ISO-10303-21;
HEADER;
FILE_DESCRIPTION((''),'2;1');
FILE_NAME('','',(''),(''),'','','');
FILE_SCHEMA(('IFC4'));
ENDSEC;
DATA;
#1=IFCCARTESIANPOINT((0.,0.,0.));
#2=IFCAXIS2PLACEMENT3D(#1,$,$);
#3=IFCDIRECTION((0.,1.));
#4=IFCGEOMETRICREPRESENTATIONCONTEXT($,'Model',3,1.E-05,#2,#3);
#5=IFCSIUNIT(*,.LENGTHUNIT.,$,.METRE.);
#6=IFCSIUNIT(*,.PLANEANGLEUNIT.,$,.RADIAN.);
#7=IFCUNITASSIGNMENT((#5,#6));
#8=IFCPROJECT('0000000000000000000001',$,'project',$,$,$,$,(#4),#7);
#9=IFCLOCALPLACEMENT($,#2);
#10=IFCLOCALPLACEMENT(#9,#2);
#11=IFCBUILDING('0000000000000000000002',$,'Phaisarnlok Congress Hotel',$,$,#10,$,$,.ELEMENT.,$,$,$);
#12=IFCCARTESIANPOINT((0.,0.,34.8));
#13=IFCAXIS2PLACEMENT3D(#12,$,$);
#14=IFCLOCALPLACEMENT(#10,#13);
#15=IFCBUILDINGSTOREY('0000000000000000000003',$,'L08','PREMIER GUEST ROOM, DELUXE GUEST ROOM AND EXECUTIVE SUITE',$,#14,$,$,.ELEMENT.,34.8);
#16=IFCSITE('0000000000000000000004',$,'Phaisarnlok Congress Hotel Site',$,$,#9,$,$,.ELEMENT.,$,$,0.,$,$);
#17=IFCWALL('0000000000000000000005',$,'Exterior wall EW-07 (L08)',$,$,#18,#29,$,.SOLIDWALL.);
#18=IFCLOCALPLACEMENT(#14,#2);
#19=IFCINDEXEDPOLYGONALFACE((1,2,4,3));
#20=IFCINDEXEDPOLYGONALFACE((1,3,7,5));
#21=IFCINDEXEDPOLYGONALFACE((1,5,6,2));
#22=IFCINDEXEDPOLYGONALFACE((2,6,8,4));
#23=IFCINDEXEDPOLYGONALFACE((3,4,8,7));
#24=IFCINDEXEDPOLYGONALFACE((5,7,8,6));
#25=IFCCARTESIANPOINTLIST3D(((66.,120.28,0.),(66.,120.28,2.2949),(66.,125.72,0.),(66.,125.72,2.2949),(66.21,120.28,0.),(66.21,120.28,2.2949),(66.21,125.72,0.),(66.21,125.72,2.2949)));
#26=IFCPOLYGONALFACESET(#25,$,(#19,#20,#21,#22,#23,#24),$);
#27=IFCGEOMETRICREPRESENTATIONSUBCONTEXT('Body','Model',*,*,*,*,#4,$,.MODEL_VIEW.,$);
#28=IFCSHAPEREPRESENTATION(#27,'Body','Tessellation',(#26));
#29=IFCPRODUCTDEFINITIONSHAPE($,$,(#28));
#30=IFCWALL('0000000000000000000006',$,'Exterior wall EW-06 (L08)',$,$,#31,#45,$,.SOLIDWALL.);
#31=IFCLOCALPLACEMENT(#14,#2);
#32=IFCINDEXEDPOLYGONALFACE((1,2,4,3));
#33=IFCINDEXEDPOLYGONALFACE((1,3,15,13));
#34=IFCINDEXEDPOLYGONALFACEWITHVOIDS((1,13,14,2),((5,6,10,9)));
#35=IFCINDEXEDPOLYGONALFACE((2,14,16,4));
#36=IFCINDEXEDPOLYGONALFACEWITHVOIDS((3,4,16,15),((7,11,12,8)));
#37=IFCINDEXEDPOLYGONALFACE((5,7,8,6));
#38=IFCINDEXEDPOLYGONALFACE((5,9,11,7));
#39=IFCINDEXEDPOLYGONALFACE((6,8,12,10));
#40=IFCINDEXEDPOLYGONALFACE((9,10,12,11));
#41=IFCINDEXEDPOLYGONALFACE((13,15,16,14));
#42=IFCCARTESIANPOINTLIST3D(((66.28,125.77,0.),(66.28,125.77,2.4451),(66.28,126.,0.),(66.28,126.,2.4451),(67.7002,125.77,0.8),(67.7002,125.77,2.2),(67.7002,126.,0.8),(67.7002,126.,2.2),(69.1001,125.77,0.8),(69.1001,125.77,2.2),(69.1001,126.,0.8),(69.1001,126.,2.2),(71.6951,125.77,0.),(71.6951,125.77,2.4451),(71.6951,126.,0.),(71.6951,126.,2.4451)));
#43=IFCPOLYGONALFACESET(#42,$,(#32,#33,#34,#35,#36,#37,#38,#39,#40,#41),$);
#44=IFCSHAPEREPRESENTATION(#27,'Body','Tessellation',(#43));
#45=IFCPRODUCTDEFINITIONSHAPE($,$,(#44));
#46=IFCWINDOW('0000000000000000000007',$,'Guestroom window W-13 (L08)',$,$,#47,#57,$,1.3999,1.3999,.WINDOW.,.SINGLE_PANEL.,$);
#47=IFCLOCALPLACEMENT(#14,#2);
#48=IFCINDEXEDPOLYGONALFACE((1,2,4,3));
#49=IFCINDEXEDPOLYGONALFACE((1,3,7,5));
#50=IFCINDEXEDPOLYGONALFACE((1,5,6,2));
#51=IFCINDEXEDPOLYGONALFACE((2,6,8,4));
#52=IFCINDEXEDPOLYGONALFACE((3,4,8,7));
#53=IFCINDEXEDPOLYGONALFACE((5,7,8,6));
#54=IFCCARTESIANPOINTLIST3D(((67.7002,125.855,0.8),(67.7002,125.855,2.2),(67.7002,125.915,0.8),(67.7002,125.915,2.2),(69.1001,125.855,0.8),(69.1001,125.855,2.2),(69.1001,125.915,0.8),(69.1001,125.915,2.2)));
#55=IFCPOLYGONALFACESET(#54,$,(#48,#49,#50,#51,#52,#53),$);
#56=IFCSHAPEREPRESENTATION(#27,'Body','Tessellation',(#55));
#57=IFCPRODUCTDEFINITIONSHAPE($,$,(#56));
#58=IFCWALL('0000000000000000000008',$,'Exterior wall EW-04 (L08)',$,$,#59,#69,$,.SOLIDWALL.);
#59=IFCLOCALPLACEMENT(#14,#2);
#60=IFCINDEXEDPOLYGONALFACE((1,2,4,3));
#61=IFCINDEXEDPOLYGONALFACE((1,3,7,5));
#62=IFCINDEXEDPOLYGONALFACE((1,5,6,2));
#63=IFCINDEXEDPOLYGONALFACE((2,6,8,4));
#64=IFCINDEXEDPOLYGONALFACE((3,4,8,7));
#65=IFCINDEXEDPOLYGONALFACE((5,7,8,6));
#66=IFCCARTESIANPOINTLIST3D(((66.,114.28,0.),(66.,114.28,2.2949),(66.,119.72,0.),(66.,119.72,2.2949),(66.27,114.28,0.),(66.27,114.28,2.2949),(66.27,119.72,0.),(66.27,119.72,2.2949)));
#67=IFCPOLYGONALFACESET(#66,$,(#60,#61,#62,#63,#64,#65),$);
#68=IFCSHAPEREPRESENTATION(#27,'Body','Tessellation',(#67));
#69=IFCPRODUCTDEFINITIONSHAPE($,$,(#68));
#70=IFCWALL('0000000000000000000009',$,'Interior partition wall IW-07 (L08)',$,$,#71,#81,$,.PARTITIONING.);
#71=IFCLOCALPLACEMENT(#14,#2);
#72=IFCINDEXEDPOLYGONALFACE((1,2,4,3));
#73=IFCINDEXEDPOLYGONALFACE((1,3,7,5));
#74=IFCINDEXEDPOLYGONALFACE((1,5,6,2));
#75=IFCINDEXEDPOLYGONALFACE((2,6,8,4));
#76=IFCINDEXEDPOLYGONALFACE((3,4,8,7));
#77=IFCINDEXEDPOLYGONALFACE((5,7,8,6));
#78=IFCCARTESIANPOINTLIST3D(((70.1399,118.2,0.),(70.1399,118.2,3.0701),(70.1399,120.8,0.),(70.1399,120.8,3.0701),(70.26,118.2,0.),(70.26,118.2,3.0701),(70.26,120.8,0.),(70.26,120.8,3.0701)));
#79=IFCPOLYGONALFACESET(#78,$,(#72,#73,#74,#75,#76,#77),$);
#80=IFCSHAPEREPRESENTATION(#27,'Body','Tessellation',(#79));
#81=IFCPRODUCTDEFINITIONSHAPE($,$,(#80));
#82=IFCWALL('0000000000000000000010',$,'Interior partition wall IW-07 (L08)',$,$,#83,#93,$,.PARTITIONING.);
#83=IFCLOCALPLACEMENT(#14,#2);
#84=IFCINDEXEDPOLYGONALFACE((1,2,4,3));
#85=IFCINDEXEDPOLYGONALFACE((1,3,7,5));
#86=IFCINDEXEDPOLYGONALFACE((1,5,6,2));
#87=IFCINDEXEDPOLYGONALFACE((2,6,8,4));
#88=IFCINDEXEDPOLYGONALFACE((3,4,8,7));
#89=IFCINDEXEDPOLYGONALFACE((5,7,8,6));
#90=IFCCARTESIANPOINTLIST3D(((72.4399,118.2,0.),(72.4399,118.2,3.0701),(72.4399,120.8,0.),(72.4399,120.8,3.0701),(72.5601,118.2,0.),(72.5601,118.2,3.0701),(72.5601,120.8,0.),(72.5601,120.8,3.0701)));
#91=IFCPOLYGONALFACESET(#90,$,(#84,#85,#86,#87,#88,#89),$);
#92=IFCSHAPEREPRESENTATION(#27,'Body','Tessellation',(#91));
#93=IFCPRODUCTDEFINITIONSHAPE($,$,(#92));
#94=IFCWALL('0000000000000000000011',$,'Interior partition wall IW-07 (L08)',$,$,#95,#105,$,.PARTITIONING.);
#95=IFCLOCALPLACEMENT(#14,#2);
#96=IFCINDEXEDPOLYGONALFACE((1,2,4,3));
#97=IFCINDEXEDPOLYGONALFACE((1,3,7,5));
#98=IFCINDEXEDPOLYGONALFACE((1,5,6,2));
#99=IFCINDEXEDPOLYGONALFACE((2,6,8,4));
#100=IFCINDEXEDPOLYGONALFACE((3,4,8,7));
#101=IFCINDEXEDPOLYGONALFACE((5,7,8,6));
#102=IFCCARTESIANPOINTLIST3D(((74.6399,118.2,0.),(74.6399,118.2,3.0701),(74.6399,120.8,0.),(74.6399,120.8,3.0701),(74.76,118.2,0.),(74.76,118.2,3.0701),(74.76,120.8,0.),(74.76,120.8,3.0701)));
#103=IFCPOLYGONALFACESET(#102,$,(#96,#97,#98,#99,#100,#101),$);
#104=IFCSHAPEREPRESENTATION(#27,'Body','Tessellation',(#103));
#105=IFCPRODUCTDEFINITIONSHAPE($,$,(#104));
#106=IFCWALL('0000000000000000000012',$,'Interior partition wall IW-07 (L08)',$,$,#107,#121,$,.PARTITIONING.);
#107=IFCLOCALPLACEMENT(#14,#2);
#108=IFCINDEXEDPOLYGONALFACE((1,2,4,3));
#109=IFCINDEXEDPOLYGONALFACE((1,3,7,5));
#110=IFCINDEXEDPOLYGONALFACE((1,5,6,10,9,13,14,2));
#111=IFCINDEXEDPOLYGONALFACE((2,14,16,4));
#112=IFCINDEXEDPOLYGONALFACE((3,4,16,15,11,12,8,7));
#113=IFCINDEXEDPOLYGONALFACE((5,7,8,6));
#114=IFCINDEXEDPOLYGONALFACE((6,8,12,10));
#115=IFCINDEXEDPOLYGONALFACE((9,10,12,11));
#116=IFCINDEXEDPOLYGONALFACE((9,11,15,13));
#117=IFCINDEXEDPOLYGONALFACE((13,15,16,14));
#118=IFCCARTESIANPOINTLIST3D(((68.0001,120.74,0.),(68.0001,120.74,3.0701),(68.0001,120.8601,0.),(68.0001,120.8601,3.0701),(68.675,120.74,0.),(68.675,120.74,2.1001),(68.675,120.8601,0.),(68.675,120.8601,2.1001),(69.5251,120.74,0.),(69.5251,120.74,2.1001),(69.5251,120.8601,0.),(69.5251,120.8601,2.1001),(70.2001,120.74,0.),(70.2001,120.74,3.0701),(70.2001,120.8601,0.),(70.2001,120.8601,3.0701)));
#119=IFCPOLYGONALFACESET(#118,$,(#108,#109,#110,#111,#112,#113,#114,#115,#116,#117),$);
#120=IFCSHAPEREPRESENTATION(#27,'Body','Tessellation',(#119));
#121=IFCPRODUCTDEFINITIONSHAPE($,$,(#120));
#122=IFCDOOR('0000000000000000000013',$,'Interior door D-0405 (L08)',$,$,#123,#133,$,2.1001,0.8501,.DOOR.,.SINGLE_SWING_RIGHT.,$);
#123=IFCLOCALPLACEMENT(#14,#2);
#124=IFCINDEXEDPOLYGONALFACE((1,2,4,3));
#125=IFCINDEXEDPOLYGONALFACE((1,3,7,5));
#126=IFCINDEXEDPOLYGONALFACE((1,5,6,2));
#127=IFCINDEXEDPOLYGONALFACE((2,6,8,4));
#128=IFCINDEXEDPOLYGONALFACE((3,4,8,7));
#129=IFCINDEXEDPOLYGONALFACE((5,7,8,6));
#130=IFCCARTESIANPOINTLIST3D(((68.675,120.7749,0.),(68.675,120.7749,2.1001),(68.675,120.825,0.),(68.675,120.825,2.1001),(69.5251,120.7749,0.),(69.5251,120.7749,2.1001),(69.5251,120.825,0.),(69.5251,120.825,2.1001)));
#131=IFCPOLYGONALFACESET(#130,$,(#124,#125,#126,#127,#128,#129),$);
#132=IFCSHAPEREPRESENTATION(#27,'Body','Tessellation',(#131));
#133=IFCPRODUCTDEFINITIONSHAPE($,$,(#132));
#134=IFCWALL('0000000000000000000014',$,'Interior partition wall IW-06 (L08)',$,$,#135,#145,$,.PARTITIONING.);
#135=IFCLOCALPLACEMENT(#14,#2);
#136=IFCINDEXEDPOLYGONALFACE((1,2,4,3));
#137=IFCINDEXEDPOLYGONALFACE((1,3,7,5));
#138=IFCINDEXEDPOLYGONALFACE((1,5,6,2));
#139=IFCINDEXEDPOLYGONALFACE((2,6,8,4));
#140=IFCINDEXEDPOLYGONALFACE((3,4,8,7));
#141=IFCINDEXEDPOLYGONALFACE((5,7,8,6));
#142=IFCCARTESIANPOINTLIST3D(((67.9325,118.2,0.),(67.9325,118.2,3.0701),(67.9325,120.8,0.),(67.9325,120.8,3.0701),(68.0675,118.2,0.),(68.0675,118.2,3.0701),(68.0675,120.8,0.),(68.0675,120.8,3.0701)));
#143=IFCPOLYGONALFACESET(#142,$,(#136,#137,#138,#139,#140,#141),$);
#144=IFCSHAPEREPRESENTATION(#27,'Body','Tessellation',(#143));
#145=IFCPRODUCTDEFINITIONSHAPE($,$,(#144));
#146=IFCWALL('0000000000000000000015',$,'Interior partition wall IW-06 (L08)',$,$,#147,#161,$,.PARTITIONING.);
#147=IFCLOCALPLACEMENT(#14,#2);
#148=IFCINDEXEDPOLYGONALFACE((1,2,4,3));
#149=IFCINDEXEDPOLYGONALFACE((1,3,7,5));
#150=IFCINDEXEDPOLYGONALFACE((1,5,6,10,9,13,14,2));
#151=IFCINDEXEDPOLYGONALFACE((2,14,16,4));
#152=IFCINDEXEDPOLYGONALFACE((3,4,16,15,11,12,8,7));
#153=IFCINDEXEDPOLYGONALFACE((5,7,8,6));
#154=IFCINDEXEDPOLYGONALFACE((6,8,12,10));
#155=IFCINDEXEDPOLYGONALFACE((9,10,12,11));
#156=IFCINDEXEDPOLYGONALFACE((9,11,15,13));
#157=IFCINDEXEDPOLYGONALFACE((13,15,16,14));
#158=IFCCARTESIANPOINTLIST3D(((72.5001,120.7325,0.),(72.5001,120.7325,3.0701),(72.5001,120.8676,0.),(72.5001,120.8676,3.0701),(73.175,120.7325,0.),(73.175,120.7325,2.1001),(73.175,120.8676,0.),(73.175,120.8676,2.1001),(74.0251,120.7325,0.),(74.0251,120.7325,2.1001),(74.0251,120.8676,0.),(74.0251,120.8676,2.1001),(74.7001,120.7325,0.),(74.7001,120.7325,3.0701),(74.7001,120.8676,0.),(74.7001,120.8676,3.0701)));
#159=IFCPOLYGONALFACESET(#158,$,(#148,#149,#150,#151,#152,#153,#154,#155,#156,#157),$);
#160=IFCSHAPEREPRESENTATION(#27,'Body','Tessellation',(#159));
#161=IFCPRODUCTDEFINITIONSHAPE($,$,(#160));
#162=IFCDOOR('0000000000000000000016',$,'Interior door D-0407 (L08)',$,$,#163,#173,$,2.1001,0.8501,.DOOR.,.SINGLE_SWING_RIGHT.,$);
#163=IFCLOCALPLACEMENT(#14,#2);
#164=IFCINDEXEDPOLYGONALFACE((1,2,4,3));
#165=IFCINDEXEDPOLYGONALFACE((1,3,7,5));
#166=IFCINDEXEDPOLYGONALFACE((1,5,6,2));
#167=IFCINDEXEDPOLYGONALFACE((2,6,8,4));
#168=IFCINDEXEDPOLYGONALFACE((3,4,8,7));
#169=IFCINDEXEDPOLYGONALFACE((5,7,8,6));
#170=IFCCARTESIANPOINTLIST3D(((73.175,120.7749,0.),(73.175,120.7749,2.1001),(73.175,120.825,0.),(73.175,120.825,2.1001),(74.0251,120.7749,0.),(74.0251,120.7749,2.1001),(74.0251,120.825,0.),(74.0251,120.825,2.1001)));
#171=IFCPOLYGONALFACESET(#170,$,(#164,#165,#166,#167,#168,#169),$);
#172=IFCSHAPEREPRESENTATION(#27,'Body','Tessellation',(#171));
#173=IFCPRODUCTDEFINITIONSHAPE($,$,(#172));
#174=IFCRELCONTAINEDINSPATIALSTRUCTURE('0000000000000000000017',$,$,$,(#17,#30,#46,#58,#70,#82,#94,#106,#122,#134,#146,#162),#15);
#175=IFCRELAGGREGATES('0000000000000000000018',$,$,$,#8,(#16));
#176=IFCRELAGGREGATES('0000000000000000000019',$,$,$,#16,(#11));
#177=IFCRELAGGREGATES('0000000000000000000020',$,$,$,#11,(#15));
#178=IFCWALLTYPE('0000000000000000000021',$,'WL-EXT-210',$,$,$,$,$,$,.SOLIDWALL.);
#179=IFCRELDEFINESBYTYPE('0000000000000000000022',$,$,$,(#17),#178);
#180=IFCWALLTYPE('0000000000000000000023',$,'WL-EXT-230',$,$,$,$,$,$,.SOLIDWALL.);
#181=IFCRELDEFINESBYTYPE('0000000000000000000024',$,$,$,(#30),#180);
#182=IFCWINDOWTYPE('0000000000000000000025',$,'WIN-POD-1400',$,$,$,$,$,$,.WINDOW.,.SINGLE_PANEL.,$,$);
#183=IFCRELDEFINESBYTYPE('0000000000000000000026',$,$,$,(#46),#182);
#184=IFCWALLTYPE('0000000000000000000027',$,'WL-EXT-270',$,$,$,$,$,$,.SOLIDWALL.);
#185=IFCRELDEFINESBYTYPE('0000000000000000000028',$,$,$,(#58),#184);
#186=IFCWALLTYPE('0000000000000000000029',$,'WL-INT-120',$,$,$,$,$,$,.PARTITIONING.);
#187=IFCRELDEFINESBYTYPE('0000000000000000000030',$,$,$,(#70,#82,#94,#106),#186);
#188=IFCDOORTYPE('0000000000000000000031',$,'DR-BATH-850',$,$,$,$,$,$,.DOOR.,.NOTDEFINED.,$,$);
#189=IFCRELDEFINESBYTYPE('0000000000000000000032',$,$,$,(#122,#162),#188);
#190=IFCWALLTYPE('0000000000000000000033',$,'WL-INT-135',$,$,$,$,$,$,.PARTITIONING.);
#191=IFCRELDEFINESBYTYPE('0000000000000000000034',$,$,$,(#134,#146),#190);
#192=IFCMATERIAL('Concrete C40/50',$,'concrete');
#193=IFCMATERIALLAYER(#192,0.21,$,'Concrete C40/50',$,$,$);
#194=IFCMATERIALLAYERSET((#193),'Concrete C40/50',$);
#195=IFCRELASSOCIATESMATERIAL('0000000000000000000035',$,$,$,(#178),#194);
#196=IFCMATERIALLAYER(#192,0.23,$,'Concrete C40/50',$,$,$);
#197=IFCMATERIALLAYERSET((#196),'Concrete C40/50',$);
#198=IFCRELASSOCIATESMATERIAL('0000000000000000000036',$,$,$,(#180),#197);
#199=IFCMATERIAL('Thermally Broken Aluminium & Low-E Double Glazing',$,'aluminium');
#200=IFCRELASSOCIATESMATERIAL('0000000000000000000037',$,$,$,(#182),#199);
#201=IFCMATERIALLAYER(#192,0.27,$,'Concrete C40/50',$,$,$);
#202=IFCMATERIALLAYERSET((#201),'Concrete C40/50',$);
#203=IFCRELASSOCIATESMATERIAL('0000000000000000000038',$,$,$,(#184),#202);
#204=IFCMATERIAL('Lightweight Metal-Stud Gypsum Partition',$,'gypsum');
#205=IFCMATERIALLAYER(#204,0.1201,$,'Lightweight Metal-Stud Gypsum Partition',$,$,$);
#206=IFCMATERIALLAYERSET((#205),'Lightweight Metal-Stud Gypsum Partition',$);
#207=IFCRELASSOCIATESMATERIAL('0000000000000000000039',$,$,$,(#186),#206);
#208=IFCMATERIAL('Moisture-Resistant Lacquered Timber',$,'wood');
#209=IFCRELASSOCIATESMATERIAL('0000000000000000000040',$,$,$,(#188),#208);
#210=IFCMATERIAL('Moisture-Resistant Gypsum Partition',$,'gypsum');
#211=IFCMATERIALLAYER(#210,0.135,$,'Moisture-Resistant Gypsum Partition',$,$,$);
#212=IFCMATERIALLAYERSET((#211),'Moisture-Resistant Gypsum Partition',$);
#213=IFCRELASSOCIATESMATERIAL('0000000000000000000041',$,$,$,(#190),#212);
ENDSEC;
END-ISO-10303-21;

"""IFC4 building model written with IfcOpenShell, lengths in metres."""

from ifc_helpers import new_model, si_unit, direction, frame, frame_2d, origin, place, context, subcontext, project, spatial, rectangle, extrude, material, layer, layer_set, type_object, element, fill, save


model = new_model("IFC4")

# Units and contexts
model_context = context("Model", 3, precision=1e-05, world=origin(), true_north=direction((0.0, 1.0)))
body_context = subcontext(model_context, "Body", "Model", "MODEL_VIEW")
ifc_project = project(units=[si_unit("LENGTHUNIT", "METRE"), si_unit("PLANEANGLEUNIT", "RADIAN")], contexts=[model_context])

# Site, building, storey
site_placement = place(None, origin())
site = spatial("IfcSite", under=ifc_project, at=site_placement, Name="Phaisarnlok Congress Hotel Site", CompositionType="ELEMENT", RefElevation=0.0)
building_placement = place(site_placement, origin())
building = spatial("IfcBuilding", under=site, at=building_placement, Name="Phaisarnlok Congress Hotel", CompositionType="ELEMENT")
storey_placement = place(building_placement, frame((0.0, 0.0, 34.8)))
storey = spatial("IfcBuildingStorey", under=building, at=storey_placement, Name="L08", Description="PREMIER GUEST ROOM, DELUXE GUEST ROOM AND EXECUTIVE SUITE", CompositionType="ELEMENT", Elevation=34.8)

# Shared definitions
ifc_material_1 = material(Name="Concrete C40/50", Category="concrete")

# Wall
ifc_layer_1 = layer(ifc_material_1, 0.21, Name="Concrete C40/50")
ifc_layer_set_1 = layer_set([ifc_layer_1], Name="Concrete C40/50")
wall_type_1 = type_object("IfcWallType", Name="WL-EXT-210", PredefinedType="SOLIDWALL", material=ifc_layer_set_1)
wall_1_placement = place(storey_placement, frame((66.105, 125.72, 0.0), z_axis=(0.0, 0.0, 1.0), x_axis=(0.0, -1.0, 0.0)))
element("IfcWall", 1, at=wall_1_placement, inside=storey, type_object=wall_type_1, Name="Exterior wall EW-07 (L08)", PredefinedType="SOLIDWALL", context=body_context, shape_type="SweptSolid", body=[
    extrude(rectangle(XDim=5.4399, YDim=0.21, at=frame_2d((2.72, 0.0))), origin(), (0.0, 0.0, 1.0), 2.2949),
])

# Wall, opening, window
ifc_layer_2 = layer(ifc_material_1, 0.23, Name="Concrete C40/50")
ifc_layer_set_2 = layer_set([ifc_layer_2], Name="Concrete C40/50")
wall_type_2 = type_object("IfcWallType", Name="WL-EXT-230", PredefinedType="SOLIDWALL", material=ifc_layer_set_2)
wall_2_placement = place(storey_placement, frame((71.6951, 125.885, 0.0), z_axis=(0.0, 0.0, 1.0), x_axis=(-1.0, 0.0, 0.0)))
wall_2 = element("IfcWall", 2, at=wall_2_placement, inside=storey, type_object=wall_type_2, Name="Exterior wall EW-06 (L08)", PredefinedType="SOLIDWALL", context=body_context, shape_type="SweptSolid", body=[
    extrude(rectangle(XDim=5.415, YDim=0.23, at=frame_2d((2.7075, 0.0))), origin(), (0.0, 0.0, 1.0), 2.4451),
])
opening_1_placement = place(wall_2_placement, frame((2.595, 0.0, 0.8)))
opening_1 = element("IfcOpeningElement", 3, at=opening_1_placement, cuts=wall_2, PredefinedType="OPENING", context=body_context, shape_type="SweptSolid", body=[
    extrude(rectangle(XDim=1.3999, YDim=1.3999, at=frame_2d((0.7, 0.7))), frame((0.0, 0.125, 0.0), z_axis=(0.0, -1.0, 0.0), x_axis=(1.0, 0.0, 0.0)), (0.0, 0.0, 1.0), 0.25),
])
ifc_material_2 = material(Name="Thermally Broken Aluminium & Low-E Double Glazing", Category="aluminium")
window_type = type_object("IfcWindowType", Name="WIN-POD-1400", PartitioningType="SINGLE_PANEL", PredefinedType="WINDOW", material=ifc_material_2)
window_placement = place(opening_1_placement, origin())
window = element("IfcWindow", 4, at=window_placement, inside=storey, type_object=window_type, Name="Guestroom window W-13 (L08)", OverallHeight=1.3999, OverallWidth=1.3999, PartitioningType="SINGLE_PANEL", PredefinedType="WINDOW", context=body_context, shape_type="SweptSolid", body=[
    extrude(rectangle(XDim=1.3999, YDim=1.3999, at=frame_2d((0.7, 0.7))), frame((0.0, 0.03, 0.0), z_axis=(0.0, -1.0, 0.0), x_axis=(1.0, 0.0, 0.0)), (0.0, 0.0, 1.0), 0.0601),
])
fill(opening_1, window)

# Walls
ifc_layer_3 = layer(ifc_material_1, 0.27, Name="Concrete C40/50")
ifc_layer_set_3 = layer_set([ifc_layer_3], Name="Concrete C40/50")
wall_type_3 = type_object("IfcWallType", Name="WL-EXT-270", PredefinedType="SOLIDWALL", material=ifc_layer_set_3)
wall_3_placement = place(storey_placement, frame((66.135, 119.72, 0.0), z_axis=(0.0, 0.0, 1.0), x_axis=(0.0, -1.0, 0.0)))
element("IfcWall", 5, at=wall_3_placement, inside=storey, type_object=wall_type_3, Name="Exterior wall EW-04 (L08)", PredefinedType="SOLIDWALL", context=body_context, shape_type="SweptSolid", body=[
    extrude(rectangle(XDim=5.4399, YDim=0.27, at=frame_2d((2.72, 0.0))), origin(), (0.0, 0.0, 1.0), 2.2949),
])
ifc_material_3 = material(Name="Lightweight Metal-Stud Gypsum Partition", Category="gypsum")
ifc_layer_4 = layer(ifc_material_3, 0.1201, Name="Lightweight Metal-Stud Gypsum Partition")
ifc_layer_set_4 = layer_set([ifc_layer_4], Name="Lightweight Metal-Stud Gypsum Partition")
wall_type_4 = type_object("IfcWallType", Name="WL-INT-120", PredefinedType="PARTITIONING", material=ifc_layer_set_4)
for number, where, z_axis, x_axis, name in (
    (6, (70.2, 118.2, 0.0), (0.0, 0.0, 1.0), (0.0, 1.0, 0.0), "Interior partition wall IW-07 (L08)"),
    (7, (72.5, 118.2, 0.0), (0.0, 0.0, 1.0), (0.0, 1.0, 0.0), "Interior partition wall IW-07 (L08)"),
    (8, (74.7, 118.2, 0.0), (0.0, 0.0, 1.0), (0.0, 1.0, 0.0), "Interior partition wall IW-07 (L08)"),
):
    element("IfcWall", number, at=place(storey_placement, frame(where, z_axis=z_axis, x_axis=x_axis)), inside=storey, type_object=wall_type_4, Name=name, PredefinedType="PARTITIONING", context=body_context, shape_type="SweptSolid", body=[
        extrude(rectangle(XDim=2.6001, YDim=0.1201, at=frame_2d((1.3, 0.0))), origin(), (0.0, 0.0, 1.0), 3.0701),
    ])

# Wall, opening, door
wall_4_placement = place(storey_placement, frame((68.0, 120.8, 0.0), z_axis=(0.0, 0.0, 1.0), x_axis=(1.0, 0.0, 0.0)))
wall_4 = element("IfcWall", 9, at=wall_4_placement, inside=storey, type_object=wall_type_4, Name="Interior partition wall IW-07 (L08)", PredefinedType="PARTITIONING", context=body_context, shape_type="SweptSolid", body=[
    extrude(rectangle(XDim=2.2, YDim=0.1201, at=frame_2d((1.1001, 0.0))), origin(), (0.0, 0.0, 1.0), 3.0701),
])
opening_2_placement = place(wall_4_placement, frame((0.675, 0.0, 0.0)))
opening_2 = element("IfcOpeningElement", 10, at=opening_2_placement, cuts=wall_4, PredefinedType="OPENING", context=body_context, shape_type="SweptSolid", body=[
    extrude(rectangle(XDim=0.8501, YDim=2.1001, at=frame_2d((0.425, 1.05))), frame((0.0, 0.0701, 0.0), z_axis=(0.0, -1.0, 0.0), x_axis=(1.0, 0.0, 0.0)), (0.0, 0.0, 1.0), 0.1401),
])
ifc_material_4 = material(Name="Moisture-Resistant Lacquered Timber", Category="wood")
door_type = type_object("IfcDoorType", Name="DR-BATH-850", OperationType="NOTDEFINED", PredefinedType="DOOR", material=ifc_material_4)
door_1_placement = place(opening_2_placement, origin())
door_1 = element("IfcDoor", 11, at=door_1_placement, inside=storey, type_object=door_type, Name="Interior door D-0405 (L08)", OperationType="SINGLE_SWING_RIGHT", OverallHeight=2.1001, OverallWidth=0.8501, PredefinedType="DOOR", context=body_context, shape_type="SweptSolid", body=[
    extrude(rectangle(XDim=0.8501, YDim=2.1001, at=frame_2d((0.425, 1.05))), frame((0.0, 0.0249, 0.0), z_axis=(0.0, -1.0, 0.0), x_axis=(1.0, 0.0, 0.0)), (0.0, 0.0, 1.0), 0.05),
])
fill(opening_2, door_1)

# Wall
ifc_material_5 = material(Name="Moisture-Resistant Gypsum Partition", Category="gypsum")
ifc_layer_5 = layer(ifc_material_5, 0.135, Name="Moisture-Resistant Gypsum Partition")
ifc_layer_set_5 = layer_set([ifc_layer_5], Name="Moisture-Resistant Gypsum Partition")
wall_type_5 = type_object("IfcWallType", Name="WL-INT-135", PredefinedType="PARTITIONING", material=ifc_layer_set_5)
wall_5_placement = place(storey_placement, frame((68.0, 118.2, 0.0), z_axis=(0.0, 0.0, 1.0), x_axis=(0.0, 1.0, 0.0)))
element("IfcWall", 12, at=wall_5_placement, inside=storey, type_object=wall_type_5, Name="Interior partition wall IW-06 (L08)", PredefinedType="PARTITIONING", context=body_context, shape_type="SweptSolid", body=[
    extrude(rectangle(XDim=2.6001, YDim=0.135, at=frame_2d((1.3, 0.0))), origin(), (0.0, 0.0, 1.0), 3.0701),
])

# Wall, opening, door
wall_6_placement = place(storey_placement, frame((72.5, 120.8, 0.0), z_axis=(0.0, 0.0, 1.0), x_axis=(1.0, 0.0, 0.0)))
wall_6 = element("IfcWall", 13, at=wall_6_placement, inside=storey, type_object=wall_type_5, Name="Interior partition wall IW-06 (L08)", PredefinedType="PARTITIONING", context=body_context, shape_type="SweptSolid", body=[
    extrude(rectangle(XDim=2.2, YDim=0.135, at=frame_2d((1.1001, 0.0))), origin(), (0.0, 0.0, 1.0), 3.0701),
])
opening_3_placement = place(wall_6_placement, frame((0.675, 0.0, 0.0)))
opening_3 = element("IfcOpeningElement", 14, at=opening_3_placement, cuts=wall_6, PredefinedType="OPENING", context=body_context, shape_type="SweptSolid", body=[
    extrude(rectangle(XDim=0.8501, YDim=2.1001, at=frame_2d((0.425, 1.05))), frame((0.0, 0.0776, 0.0), z_axis=(0.0, -1.0, 0.0), x_axis=(1.0, 0.0, 0.0)), (0.0, 0.0, 1.0), 0.155),
])
door_2_placement = place(opening_3_placement, origin())
door_2 = element("IfcDoor", 15, at=door_2_placement, inside=storey, type_object=door_type, Name="Interior door D-0407 (L08)", OperationType="SINGLE_SWING_RIGHT", OverallHeight=2.1001, OverallWidth=0.8501, PredefinedType="DOOR", context=body_context, shape_type="SweptSolid", body=[
    extrude(rectangle(XDim=0.8501, YDim=2.1001, at=frame_2d((0.425, 1.05))), frame((0.0, 0.0249, 0.0), z_axis=(0.0, -1.0, 0.0), x_axis=(1.0, 0.0, 0.0)), (0.0, 0.0, 1.0), 0.05),
])
fill(opening_3, door_2)

save(model, "model.ifc")
